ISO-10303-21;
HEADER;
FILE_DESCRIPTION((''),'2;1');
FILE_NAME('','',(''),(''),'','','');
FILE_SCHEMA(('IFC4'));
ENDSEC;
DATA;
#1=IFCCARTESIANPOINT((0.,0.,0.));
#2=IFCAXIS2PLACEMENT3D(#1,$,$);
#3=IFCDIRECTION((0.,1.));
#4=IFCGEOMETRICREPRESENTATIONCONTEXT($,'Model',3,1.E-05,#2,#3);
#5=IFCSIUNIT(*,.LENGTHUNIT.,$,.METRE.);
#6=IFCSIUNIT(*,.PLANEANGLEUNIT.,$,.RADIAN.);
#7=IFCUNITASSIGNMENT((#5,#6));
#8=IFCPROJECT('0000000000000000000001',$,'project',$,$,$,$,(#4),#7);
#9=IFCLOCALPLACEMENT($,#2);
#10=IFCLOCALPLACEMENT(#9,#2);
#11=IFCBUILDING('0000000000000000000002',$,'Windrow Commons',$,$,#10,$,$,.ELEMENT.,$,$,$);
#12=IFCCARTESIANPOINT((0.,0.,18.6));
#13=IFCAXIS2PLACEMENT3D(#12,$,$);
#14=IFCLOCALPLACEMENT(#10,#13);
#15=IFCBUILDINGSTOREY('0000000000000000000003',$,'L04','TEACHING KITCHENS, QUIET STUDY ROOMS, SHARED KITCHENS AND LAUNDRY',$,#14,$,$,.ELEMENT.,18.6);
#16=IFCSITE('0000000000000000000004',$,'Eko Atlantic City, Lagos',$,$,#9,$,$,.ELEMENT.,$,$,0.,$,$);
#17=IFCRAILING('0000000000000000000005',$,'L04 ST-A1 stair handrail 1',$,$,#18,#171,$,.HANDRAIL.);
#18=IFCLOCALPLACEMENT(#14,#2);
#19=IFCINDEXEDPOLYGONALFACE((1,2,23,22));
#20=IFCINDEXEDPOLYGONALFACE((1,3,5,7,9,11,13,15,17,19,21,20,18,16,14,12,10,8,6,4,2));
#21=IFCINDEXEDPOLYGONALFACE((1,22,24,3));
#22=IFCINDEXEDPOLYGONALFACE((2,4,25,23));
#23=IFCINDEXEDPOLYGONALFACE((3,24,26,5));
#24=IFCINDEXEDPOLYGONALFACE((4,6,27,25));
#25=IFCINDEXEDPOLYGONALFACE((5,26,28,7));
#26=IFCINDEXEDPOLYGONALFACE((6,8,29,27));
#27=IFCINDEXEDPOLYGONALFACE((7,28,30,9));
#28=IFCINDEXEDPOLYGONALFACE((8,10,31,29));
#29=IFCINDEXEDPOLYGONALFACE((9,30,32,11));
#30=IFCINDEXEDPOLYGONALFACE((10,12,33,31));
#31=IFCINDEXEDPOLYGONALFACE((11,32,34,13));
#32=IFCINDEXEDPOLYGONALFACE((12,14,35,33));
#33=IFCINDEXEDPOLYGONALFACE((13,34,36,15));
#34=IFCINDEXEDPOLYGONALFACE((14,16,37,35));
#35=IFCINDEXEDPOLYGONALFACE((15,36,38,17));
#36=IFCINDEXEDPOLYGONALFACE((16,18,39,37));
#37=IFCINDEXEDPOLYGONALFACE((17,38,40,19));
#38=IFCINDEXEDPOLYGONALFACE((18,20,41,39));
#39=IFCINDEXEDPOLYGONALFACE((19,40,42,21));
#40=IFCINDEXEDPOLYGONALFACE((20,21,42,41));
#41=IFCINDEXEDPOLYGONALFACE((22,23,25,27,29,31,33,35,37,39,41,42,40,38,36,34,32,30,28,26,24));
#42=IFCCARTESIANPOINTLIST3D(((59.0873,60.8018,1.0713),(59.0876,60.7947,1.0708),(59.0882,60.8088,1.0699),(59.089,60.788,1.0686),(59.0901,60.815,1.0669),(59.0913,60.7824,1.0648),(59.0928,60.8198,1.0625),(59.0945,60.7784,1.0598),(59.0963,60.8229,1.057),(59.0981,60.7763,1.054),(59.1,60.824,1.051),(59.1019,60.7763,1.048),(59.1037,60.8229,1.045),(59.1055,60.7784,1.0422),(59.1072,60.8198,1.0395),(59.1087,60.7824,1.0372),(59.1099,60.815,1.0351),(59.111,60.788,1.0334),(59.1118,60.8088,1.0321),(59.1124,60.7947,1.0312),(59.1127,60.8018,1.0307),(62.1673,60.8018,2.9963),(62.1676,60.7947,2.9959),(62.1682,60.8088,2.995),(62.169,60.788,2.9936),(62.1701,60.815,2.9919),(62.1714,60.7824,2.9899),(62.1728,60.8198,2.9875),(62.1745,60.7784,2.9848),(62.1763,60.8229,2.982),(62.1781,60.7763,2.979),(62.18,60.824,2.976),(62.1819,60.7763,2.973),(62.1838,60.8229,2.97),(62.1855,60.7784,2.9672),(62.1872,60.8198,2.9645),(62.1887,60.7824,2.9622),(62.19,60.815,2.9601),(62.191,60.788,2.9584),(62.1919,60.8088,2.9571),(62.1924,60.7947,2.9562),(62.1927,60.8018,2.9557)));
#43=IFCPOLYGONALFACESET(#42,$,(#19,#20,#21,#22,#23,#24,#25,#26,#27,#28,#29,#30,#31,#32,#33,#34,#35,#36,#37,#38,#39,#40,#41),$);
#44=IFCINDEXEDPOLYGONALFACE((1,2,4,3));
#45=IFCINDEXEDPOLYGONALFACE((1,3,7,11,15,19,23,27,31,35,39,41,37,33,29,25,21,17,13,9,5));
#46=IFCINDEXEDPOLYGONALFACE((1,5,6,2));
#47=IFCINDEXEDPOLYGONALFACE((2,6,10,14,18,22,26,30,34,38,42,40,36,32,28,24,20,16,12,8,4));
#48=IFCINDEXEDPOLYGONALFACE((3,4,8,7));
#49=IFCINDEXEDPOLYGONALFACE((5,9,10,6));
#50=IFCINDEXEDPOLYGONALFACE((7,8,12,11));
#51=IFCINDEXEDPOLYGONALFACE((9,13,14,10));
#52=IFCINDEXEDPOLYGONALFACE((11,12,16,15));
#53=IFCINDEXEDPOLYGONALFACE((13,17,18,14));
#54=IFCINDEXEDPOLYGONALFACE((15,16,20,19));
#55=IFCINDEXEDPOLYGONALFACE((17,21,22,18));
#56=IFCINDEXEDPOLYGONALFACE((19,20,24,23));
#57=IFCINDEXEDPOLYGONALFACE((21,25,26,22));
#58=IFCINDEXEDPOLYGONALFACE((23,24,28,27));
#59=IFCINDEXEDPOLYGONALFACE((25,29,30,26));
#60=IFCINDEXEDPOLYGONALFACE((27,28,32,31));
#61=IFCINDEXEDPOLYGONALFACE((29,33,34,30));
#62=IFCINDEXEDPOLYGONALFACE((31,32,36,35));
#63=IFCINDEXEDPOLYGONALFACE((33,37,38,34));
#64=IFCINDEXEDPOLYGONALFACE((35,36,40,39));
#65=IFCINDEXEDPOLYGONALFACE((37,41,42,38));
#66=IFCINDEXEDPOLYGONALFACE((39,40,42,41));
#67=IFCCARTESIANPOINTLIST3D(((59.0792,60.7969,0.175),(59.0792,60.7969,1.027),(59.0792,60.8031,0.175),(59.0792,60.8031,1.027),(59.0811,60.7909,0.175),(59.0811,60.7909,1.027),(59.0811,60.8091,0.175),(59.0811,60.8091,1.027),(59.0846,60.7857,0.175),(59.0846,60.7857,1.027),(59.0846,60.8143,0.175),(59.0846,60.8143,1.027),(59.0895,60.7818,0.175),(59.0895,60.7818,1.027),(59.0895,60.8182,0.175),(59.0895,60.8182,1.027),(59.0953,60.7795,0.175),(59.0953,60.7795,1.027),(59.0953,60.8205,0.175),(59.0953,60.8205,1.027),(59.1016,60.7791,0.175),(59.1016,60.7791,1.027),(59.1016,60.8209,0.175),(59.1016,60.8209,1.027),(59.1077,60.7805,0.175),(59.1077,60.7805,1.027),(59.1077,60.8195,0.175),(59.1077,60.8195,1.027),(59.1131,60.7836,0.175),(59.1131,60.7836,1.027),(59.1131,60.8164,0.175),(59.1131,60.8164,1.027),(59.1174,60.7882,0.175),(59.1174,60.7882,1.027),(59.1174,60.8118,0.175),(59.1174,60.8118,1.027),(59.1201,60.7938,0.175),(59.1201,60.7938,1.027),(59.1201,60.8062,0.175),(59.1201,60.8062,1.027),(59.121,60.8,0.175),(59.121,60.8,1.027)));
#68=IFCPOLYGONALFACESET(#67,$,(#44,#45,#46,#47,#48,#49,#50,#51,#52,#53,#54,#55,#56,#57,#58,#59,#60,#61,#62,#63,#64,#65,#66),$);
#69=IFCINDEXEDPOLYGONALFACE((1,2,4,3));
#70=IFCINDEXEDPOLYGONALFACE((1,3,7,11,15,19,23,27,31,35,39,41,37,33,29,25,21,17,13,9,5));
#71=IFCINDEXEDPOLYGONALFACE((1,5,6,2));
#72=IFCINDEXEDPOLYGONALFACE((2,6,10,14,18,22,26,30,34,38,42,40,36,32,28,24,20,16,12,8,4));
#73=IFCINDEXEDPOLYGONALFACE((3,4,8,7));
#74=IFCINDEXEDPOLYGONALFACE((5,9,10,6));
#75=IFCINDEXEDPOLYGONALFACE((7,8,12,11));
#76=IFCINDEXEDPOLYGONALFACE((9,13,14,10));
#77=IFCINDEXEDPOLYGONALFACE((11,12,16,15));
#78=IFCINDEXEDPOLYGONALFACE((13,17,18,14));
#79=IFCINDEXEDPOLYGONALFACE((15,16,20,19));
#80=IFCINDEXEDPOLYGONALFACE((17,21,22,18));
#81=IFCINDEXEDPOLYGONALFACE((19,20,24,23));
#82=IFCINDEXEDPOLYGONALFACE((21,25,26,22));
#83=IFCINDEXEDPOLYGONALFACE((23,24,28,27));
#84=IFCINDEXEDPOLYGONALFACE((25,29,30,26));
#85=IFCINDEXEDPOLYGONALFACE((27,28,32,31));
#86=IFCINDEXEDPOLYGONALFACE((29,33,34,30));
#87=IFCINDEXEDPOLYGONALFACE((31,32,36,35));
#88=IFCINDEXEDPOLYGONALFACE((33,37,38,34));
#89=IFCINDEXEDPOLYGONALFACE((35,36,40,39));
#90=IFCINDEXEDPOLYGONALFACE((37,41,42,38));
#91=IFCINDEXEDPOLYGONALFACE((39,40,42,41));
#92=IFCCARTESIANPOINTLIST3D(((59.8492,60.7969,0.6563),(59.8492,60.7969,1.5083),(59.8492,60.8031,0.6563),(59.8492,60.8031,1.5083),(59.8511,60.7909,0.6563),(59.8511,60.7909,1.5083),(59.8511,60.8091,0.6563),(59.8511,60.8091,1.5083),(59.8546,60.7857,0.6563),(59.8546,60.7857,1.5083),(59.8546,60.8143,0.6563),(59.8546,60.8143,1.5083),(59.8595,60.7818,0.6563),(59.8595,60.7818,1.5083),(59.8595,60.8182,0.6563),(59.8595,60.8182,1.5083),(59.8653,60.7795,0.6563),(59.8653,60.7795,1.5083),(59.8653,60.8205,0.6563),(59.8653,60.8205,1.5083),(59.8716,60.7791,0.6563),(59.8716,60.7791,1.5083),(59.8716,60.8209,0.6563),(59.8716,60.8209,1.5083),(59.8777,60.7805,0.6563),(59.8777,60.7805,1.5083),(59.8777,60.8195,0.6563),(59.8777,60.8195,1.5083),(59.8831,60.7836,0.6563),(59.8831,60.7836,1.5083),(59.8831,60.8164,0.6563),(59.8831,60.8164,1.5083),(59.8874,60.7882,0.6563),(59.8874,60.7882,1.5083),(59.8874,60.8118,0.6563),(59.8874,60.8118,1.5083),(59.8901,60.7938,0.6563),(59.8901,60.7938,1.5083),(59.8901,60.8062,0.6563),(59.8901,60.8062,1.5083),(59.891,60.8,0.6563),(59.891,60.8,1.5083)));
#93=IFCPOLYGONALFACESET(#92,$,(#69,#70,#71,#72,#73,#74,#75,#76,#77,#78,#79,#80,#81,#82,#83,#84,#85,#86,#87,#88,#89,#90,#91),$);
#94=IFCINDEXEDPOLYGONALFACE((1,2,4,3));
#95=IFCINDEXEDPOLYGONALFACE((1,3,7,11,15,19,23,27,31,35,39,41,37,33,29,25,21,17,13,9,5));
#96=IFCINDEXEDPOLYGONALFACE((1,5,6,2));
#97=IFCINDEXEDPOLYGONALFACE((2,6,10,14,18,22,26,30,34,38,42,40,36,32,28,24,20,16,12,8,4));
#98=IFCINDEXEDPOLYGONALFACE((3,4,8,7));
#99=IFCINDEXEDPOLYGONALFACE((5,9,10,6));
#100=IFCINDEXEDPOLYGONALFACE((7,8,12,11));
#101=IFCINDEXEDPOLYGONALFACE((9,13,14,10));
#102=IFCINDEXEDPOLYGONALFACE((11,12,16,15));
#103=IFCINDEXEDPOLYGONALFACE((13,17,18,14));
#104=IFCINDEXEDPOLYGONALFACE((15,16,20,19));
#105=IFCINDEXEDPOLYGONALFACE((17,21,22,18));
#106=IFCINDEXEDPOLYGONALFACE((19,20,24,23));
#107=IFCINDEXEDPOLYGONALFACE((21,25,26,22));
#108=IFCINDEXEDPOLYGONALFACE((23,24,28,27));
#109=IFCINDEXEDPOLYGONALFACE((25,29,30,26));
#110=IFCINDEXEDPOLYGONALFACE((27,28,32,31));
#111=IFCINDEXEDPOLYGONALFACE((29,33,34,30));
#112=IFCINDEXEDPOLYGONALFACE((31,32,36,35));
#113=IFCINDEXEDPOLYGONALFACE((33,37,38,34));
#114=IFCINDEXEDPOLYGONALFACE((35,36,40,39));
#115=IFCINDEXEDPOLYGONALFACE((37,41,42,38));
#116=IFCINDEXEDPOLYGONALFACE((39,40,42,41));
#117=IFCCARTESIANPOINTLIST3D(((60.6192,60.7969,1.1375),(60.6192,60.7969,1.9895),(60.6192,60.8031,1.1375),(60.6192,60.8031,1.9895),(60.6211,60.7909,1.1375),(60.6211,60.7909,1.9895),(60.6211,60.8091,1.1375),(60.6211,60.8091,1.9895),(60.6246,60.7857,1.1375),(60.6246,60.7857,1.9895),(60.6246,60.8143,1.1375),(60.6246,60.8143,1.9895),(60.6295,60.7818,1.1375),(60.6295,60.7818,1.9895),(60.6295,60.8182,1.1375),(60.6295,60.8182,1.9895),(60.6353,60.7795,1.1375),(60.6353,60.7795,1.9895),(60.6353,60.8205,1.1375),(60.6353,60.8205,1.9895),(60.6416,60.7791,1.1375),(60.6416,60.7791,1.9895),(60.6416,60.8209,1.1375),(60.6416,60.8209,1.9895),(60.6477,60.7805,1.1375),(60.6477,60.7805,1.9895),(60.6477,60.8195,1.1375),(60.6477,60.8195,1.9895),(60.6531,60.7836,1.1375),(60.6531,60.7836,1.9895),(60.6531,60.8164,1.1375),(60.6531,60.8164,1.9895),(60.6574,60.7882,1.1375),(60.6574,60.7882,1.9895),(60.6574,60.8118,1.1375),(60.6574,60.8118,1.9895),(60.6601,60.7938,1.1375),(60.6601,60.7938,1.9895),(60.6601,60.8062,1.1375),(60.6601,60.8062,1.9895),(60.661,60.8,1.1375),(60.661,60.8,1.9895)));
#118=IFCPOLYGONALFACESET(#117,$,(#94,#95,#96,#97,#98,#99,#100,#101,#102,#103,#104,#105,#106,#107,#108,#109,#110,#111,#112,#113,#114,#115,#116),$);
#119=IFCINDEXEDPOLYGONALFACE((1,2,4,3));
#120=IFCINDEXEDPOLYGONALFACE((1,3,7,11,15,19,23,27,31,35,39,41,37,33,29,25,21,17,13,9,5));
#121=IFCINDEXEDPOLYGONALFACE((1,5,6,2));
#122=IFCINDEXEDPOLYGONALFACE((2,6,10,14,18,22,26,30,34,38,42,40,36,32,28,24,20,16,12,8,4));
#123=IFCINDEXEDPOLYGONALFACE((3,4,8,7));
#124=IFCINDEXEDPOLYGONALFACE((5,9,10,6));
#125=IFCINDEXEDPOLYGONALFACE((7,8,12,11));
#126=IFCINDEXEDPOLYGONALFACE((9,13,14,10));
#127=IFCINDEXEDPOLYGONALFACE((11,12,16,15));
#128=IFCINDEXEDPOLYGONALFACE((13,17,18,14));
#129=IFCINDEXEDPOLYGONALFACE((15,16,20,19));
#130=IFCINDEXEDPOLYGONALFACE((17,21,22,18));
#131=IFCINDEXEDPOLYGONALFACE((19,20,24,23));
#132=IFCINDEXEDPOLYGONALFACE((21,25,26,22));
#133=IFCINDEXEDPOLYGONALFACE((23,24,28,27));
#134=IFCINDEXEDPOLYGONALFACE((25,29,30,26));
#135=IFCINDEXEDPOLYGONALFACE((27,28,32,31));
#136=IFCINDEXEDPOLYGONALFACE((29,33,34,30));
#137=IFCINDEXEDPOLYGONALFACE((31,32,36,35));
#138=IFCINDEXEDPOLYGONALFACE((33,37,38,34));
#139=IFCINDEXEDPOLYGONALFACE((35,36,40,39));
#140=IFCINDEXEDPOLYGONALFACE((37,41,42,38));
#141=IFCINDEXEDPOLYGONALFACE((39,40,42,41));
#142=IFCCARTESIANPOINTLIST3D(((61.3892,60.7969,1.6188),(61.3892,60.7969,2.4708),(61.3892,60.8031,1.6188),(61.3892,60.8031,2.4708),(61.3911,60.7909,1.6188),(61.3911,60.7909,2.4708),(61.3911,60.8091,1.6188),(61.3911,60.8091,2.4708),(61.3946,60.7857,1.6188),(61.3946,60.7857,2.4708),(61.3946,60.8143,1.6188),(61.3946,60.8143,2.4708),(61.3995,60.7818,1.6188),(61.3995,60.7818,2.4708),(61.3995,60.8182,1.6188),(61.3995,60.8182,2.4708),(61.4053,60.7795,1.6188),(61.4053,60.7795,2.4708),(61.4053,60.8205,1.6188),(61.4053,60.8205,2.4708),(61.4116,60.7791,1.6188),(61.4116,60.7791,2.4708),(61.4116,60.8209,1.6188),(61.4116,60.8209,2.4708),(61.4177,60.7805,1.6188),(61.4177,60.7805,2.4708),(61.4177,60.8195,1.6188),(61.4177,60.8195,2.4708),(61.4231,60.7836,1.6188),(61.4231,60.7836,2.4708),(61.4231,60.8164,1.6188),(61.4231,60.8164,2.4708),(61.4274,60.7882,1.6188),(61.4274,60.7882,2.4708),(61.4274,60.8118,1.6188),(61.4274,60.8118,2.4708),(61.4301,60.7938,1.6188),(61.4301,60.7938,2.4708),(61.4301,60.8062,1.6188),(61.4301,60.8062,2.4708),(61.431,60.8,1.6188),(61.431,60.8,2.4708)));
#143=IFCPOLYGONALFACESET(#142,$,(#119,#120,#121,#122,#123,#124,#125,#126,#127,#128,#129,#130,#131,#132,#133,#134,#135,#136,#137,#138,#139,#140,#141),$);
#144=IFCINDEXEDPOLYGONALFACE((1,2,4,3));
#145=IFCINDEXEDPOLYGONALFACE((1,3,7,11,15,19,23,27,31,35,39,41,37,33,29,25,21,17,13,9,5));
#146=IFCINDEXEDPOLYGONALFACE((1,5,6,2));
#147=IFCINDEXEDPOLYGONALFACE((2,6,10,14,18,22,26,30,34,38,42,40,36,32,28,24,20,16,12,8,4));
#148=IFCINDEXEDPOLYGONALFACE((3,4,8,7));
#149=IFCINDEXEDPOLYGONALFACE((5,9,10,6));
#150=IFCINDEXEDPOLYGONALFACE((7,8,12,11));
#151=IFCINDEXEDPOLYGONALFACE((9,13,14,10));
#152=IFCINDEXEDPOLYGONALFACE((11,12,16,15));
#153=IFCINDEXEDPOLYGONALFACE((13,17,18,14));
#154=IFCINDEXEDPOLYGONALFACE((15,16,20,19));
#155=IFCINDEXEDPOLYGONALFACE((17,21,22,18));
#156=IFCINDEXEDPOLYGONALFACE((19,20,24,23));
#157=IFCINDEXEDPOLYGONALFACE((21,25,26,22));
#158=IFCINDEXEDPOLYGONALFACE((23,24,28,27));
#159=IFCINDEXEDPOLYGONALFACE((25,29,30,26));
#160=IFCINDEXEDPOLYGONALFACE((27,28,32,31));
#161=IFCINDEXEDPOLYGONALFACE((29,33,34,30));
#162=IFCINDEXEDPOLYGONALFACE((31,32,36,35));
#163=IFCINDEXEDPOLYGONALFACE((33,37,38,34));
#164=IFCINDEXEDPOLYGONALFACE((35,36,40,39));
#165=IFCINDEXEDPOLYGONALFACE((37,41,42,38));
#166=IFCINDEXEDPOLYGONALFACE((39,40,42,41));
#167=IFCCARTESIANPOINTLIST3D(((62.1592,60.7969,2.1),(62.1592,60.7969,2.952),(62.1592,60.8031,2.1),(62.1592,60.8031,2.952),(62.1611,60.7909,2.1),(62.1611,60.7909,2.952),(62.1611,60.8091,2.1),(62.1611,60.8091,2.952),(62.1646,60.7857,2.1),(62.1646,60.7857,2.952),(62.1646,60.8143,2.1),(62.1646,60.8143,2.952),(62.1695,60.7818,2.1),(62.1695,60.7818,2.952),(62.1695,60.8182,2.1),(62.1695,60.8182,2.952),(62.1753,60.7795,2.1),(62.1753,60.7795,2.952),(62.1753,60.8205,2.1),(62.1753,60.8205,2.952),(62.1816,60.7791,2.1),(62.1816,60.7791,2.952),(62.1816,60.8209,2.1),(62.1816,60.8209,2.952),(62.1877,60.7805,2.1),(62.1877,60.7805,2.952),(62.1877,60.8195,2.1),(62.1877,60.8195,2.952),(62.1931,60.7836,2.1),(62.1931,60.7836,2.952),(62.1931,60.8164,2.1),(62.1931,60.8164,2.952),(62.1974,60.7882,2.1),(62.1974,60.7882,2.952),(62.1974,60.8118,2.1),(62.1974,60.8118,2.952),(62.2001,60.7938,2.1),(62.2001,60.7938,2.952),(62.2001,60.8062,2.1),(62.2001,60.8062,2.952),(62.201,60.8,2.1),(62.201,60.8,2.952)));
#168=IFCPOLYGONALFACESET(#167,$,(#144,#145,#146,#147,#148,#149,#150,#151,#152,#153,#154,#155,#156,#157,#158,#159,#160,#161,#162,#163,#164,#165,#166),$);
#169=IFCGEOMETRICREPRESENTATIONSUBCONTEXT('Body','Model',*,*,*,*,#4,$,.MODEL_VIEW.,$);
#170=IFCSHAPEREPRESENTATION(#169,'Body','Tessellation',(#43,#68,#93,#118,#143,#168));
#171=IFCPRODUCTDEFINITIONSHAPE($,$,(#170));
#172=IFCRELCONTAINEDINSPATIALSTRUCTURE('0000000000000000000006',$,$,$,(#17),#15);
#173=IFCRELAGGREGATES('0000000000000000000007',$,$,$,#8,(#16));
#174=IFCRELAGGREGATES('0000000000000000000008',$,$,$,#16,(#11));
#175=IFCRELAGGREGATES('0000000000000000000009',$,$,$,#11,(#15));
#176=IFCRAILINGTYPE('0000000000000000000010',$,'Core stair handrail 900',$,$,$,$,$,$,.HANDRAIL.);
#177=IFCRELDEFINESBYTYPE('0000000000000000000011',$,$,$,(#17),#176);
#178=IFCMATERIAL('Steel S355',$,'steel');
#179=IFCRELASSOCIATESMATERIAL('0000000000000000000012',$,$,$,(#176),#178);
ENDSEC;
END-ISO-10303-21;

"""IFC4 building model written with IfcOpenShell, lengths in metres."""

from ifc_helpers import new_model, si_unit, direction, frame, origin, origin_2d, place, context, subcontext, project, spatial, circle, extrude, material, type_object, element, save


model = new_model("IFC4")

# Units and contexts
model_context = context("Model", 3, precision=1e-05, world=origin(), true_north=direction((0.0, 1.0)))
body_context = subcontext(model_context, "Body", "Model", "MODEL_VIEW")
ifc_project = project(units=[si_unit("LENGTHUNIT", "METRE"), si_unit("PLANEANGLEUNIT", "RADIAN")], contexts=[model_context])

# Site, building, storey
site_placement = place(None, origin())
site = spatial("IfcSite", under=ifc_project, at=site_placement, Name="Eko Atlantic City, Lagos", CompositionType="ELEMENT", RefElevation=0.0)
building_placement = place(site_placement, origin())
building = spatial("IfcBuilding", under=site, at=building_placement, Name="Windrow Commons", CompositionType="ELEMENT")
storey_placement = place(building_placement, frame((0.0, 0.0, 18.6)))
storey = spatial("IfcBuildingStorey", under=building, at=storey_placement, Name="L04", Description="TEACHING KITCHENS, QUIET STUDY ROOMS, SHARED KITCHENS AND LAUNDRY", CompositionType="ELEMENT", Elevation=18.6)

# Railing
ifc_material_1 = material(Name="Steel S355", Category="steel")
railing_type_1 = type_object("IfcRailingType", Name="Core stair handrail 900", PredefinedType="HANDRAIL", material=ifc_material_1)
railing_1_placement = place(storey_placement, frame((59.1, 60.8, 0.175)))
element("IfcRailing", 1, at=railing_1_placement, inside=storey, type_object=railing_type_1, Name="L04 ST-A1 stair handrail 1", PredefinedType="HANDRAIL", context=body_context, shape_type="SweptSolid", body=[
    extrude(circle(Radius=0.024, at=origin_2d()), frame((0.0, 0.0, 0.876), z_axis=(0.847998, 0.0, 0.529999), x_axis=(0.0, 1.0, 0.0)), (0.0, 0.0, 1.0), 3.6321),
    extrude(circle(Radius=0.021, at=origin_2d()), origin(), (0.0, 0.0, 1.0), 0.852),
    extrude(circle(Radius=0.021, at=origin_2d()), frame((0.77, 0.0, 0.4813)), (0.0, 0.0, 1.0), 0.852),
    extrude(circle(Radius=0.021, at=origin_2d()), frame((1.54, 0.0, 0.9625)), (0.0, 0.0, 1.0), 0.852),
    extrude(circle(Radius=0.021, at=origin_2d()), frame((2.31, 0.0, 1.4438)), (0.0, 0.0, 1.0), 0.852),
    extrude(circle(Radius=0.021, at=origin_2d()), frame((3.08, 0.0, 1.925)), (0.0, 0.0, 1.0), 0.852),
])

save(model, "model.ifc")
